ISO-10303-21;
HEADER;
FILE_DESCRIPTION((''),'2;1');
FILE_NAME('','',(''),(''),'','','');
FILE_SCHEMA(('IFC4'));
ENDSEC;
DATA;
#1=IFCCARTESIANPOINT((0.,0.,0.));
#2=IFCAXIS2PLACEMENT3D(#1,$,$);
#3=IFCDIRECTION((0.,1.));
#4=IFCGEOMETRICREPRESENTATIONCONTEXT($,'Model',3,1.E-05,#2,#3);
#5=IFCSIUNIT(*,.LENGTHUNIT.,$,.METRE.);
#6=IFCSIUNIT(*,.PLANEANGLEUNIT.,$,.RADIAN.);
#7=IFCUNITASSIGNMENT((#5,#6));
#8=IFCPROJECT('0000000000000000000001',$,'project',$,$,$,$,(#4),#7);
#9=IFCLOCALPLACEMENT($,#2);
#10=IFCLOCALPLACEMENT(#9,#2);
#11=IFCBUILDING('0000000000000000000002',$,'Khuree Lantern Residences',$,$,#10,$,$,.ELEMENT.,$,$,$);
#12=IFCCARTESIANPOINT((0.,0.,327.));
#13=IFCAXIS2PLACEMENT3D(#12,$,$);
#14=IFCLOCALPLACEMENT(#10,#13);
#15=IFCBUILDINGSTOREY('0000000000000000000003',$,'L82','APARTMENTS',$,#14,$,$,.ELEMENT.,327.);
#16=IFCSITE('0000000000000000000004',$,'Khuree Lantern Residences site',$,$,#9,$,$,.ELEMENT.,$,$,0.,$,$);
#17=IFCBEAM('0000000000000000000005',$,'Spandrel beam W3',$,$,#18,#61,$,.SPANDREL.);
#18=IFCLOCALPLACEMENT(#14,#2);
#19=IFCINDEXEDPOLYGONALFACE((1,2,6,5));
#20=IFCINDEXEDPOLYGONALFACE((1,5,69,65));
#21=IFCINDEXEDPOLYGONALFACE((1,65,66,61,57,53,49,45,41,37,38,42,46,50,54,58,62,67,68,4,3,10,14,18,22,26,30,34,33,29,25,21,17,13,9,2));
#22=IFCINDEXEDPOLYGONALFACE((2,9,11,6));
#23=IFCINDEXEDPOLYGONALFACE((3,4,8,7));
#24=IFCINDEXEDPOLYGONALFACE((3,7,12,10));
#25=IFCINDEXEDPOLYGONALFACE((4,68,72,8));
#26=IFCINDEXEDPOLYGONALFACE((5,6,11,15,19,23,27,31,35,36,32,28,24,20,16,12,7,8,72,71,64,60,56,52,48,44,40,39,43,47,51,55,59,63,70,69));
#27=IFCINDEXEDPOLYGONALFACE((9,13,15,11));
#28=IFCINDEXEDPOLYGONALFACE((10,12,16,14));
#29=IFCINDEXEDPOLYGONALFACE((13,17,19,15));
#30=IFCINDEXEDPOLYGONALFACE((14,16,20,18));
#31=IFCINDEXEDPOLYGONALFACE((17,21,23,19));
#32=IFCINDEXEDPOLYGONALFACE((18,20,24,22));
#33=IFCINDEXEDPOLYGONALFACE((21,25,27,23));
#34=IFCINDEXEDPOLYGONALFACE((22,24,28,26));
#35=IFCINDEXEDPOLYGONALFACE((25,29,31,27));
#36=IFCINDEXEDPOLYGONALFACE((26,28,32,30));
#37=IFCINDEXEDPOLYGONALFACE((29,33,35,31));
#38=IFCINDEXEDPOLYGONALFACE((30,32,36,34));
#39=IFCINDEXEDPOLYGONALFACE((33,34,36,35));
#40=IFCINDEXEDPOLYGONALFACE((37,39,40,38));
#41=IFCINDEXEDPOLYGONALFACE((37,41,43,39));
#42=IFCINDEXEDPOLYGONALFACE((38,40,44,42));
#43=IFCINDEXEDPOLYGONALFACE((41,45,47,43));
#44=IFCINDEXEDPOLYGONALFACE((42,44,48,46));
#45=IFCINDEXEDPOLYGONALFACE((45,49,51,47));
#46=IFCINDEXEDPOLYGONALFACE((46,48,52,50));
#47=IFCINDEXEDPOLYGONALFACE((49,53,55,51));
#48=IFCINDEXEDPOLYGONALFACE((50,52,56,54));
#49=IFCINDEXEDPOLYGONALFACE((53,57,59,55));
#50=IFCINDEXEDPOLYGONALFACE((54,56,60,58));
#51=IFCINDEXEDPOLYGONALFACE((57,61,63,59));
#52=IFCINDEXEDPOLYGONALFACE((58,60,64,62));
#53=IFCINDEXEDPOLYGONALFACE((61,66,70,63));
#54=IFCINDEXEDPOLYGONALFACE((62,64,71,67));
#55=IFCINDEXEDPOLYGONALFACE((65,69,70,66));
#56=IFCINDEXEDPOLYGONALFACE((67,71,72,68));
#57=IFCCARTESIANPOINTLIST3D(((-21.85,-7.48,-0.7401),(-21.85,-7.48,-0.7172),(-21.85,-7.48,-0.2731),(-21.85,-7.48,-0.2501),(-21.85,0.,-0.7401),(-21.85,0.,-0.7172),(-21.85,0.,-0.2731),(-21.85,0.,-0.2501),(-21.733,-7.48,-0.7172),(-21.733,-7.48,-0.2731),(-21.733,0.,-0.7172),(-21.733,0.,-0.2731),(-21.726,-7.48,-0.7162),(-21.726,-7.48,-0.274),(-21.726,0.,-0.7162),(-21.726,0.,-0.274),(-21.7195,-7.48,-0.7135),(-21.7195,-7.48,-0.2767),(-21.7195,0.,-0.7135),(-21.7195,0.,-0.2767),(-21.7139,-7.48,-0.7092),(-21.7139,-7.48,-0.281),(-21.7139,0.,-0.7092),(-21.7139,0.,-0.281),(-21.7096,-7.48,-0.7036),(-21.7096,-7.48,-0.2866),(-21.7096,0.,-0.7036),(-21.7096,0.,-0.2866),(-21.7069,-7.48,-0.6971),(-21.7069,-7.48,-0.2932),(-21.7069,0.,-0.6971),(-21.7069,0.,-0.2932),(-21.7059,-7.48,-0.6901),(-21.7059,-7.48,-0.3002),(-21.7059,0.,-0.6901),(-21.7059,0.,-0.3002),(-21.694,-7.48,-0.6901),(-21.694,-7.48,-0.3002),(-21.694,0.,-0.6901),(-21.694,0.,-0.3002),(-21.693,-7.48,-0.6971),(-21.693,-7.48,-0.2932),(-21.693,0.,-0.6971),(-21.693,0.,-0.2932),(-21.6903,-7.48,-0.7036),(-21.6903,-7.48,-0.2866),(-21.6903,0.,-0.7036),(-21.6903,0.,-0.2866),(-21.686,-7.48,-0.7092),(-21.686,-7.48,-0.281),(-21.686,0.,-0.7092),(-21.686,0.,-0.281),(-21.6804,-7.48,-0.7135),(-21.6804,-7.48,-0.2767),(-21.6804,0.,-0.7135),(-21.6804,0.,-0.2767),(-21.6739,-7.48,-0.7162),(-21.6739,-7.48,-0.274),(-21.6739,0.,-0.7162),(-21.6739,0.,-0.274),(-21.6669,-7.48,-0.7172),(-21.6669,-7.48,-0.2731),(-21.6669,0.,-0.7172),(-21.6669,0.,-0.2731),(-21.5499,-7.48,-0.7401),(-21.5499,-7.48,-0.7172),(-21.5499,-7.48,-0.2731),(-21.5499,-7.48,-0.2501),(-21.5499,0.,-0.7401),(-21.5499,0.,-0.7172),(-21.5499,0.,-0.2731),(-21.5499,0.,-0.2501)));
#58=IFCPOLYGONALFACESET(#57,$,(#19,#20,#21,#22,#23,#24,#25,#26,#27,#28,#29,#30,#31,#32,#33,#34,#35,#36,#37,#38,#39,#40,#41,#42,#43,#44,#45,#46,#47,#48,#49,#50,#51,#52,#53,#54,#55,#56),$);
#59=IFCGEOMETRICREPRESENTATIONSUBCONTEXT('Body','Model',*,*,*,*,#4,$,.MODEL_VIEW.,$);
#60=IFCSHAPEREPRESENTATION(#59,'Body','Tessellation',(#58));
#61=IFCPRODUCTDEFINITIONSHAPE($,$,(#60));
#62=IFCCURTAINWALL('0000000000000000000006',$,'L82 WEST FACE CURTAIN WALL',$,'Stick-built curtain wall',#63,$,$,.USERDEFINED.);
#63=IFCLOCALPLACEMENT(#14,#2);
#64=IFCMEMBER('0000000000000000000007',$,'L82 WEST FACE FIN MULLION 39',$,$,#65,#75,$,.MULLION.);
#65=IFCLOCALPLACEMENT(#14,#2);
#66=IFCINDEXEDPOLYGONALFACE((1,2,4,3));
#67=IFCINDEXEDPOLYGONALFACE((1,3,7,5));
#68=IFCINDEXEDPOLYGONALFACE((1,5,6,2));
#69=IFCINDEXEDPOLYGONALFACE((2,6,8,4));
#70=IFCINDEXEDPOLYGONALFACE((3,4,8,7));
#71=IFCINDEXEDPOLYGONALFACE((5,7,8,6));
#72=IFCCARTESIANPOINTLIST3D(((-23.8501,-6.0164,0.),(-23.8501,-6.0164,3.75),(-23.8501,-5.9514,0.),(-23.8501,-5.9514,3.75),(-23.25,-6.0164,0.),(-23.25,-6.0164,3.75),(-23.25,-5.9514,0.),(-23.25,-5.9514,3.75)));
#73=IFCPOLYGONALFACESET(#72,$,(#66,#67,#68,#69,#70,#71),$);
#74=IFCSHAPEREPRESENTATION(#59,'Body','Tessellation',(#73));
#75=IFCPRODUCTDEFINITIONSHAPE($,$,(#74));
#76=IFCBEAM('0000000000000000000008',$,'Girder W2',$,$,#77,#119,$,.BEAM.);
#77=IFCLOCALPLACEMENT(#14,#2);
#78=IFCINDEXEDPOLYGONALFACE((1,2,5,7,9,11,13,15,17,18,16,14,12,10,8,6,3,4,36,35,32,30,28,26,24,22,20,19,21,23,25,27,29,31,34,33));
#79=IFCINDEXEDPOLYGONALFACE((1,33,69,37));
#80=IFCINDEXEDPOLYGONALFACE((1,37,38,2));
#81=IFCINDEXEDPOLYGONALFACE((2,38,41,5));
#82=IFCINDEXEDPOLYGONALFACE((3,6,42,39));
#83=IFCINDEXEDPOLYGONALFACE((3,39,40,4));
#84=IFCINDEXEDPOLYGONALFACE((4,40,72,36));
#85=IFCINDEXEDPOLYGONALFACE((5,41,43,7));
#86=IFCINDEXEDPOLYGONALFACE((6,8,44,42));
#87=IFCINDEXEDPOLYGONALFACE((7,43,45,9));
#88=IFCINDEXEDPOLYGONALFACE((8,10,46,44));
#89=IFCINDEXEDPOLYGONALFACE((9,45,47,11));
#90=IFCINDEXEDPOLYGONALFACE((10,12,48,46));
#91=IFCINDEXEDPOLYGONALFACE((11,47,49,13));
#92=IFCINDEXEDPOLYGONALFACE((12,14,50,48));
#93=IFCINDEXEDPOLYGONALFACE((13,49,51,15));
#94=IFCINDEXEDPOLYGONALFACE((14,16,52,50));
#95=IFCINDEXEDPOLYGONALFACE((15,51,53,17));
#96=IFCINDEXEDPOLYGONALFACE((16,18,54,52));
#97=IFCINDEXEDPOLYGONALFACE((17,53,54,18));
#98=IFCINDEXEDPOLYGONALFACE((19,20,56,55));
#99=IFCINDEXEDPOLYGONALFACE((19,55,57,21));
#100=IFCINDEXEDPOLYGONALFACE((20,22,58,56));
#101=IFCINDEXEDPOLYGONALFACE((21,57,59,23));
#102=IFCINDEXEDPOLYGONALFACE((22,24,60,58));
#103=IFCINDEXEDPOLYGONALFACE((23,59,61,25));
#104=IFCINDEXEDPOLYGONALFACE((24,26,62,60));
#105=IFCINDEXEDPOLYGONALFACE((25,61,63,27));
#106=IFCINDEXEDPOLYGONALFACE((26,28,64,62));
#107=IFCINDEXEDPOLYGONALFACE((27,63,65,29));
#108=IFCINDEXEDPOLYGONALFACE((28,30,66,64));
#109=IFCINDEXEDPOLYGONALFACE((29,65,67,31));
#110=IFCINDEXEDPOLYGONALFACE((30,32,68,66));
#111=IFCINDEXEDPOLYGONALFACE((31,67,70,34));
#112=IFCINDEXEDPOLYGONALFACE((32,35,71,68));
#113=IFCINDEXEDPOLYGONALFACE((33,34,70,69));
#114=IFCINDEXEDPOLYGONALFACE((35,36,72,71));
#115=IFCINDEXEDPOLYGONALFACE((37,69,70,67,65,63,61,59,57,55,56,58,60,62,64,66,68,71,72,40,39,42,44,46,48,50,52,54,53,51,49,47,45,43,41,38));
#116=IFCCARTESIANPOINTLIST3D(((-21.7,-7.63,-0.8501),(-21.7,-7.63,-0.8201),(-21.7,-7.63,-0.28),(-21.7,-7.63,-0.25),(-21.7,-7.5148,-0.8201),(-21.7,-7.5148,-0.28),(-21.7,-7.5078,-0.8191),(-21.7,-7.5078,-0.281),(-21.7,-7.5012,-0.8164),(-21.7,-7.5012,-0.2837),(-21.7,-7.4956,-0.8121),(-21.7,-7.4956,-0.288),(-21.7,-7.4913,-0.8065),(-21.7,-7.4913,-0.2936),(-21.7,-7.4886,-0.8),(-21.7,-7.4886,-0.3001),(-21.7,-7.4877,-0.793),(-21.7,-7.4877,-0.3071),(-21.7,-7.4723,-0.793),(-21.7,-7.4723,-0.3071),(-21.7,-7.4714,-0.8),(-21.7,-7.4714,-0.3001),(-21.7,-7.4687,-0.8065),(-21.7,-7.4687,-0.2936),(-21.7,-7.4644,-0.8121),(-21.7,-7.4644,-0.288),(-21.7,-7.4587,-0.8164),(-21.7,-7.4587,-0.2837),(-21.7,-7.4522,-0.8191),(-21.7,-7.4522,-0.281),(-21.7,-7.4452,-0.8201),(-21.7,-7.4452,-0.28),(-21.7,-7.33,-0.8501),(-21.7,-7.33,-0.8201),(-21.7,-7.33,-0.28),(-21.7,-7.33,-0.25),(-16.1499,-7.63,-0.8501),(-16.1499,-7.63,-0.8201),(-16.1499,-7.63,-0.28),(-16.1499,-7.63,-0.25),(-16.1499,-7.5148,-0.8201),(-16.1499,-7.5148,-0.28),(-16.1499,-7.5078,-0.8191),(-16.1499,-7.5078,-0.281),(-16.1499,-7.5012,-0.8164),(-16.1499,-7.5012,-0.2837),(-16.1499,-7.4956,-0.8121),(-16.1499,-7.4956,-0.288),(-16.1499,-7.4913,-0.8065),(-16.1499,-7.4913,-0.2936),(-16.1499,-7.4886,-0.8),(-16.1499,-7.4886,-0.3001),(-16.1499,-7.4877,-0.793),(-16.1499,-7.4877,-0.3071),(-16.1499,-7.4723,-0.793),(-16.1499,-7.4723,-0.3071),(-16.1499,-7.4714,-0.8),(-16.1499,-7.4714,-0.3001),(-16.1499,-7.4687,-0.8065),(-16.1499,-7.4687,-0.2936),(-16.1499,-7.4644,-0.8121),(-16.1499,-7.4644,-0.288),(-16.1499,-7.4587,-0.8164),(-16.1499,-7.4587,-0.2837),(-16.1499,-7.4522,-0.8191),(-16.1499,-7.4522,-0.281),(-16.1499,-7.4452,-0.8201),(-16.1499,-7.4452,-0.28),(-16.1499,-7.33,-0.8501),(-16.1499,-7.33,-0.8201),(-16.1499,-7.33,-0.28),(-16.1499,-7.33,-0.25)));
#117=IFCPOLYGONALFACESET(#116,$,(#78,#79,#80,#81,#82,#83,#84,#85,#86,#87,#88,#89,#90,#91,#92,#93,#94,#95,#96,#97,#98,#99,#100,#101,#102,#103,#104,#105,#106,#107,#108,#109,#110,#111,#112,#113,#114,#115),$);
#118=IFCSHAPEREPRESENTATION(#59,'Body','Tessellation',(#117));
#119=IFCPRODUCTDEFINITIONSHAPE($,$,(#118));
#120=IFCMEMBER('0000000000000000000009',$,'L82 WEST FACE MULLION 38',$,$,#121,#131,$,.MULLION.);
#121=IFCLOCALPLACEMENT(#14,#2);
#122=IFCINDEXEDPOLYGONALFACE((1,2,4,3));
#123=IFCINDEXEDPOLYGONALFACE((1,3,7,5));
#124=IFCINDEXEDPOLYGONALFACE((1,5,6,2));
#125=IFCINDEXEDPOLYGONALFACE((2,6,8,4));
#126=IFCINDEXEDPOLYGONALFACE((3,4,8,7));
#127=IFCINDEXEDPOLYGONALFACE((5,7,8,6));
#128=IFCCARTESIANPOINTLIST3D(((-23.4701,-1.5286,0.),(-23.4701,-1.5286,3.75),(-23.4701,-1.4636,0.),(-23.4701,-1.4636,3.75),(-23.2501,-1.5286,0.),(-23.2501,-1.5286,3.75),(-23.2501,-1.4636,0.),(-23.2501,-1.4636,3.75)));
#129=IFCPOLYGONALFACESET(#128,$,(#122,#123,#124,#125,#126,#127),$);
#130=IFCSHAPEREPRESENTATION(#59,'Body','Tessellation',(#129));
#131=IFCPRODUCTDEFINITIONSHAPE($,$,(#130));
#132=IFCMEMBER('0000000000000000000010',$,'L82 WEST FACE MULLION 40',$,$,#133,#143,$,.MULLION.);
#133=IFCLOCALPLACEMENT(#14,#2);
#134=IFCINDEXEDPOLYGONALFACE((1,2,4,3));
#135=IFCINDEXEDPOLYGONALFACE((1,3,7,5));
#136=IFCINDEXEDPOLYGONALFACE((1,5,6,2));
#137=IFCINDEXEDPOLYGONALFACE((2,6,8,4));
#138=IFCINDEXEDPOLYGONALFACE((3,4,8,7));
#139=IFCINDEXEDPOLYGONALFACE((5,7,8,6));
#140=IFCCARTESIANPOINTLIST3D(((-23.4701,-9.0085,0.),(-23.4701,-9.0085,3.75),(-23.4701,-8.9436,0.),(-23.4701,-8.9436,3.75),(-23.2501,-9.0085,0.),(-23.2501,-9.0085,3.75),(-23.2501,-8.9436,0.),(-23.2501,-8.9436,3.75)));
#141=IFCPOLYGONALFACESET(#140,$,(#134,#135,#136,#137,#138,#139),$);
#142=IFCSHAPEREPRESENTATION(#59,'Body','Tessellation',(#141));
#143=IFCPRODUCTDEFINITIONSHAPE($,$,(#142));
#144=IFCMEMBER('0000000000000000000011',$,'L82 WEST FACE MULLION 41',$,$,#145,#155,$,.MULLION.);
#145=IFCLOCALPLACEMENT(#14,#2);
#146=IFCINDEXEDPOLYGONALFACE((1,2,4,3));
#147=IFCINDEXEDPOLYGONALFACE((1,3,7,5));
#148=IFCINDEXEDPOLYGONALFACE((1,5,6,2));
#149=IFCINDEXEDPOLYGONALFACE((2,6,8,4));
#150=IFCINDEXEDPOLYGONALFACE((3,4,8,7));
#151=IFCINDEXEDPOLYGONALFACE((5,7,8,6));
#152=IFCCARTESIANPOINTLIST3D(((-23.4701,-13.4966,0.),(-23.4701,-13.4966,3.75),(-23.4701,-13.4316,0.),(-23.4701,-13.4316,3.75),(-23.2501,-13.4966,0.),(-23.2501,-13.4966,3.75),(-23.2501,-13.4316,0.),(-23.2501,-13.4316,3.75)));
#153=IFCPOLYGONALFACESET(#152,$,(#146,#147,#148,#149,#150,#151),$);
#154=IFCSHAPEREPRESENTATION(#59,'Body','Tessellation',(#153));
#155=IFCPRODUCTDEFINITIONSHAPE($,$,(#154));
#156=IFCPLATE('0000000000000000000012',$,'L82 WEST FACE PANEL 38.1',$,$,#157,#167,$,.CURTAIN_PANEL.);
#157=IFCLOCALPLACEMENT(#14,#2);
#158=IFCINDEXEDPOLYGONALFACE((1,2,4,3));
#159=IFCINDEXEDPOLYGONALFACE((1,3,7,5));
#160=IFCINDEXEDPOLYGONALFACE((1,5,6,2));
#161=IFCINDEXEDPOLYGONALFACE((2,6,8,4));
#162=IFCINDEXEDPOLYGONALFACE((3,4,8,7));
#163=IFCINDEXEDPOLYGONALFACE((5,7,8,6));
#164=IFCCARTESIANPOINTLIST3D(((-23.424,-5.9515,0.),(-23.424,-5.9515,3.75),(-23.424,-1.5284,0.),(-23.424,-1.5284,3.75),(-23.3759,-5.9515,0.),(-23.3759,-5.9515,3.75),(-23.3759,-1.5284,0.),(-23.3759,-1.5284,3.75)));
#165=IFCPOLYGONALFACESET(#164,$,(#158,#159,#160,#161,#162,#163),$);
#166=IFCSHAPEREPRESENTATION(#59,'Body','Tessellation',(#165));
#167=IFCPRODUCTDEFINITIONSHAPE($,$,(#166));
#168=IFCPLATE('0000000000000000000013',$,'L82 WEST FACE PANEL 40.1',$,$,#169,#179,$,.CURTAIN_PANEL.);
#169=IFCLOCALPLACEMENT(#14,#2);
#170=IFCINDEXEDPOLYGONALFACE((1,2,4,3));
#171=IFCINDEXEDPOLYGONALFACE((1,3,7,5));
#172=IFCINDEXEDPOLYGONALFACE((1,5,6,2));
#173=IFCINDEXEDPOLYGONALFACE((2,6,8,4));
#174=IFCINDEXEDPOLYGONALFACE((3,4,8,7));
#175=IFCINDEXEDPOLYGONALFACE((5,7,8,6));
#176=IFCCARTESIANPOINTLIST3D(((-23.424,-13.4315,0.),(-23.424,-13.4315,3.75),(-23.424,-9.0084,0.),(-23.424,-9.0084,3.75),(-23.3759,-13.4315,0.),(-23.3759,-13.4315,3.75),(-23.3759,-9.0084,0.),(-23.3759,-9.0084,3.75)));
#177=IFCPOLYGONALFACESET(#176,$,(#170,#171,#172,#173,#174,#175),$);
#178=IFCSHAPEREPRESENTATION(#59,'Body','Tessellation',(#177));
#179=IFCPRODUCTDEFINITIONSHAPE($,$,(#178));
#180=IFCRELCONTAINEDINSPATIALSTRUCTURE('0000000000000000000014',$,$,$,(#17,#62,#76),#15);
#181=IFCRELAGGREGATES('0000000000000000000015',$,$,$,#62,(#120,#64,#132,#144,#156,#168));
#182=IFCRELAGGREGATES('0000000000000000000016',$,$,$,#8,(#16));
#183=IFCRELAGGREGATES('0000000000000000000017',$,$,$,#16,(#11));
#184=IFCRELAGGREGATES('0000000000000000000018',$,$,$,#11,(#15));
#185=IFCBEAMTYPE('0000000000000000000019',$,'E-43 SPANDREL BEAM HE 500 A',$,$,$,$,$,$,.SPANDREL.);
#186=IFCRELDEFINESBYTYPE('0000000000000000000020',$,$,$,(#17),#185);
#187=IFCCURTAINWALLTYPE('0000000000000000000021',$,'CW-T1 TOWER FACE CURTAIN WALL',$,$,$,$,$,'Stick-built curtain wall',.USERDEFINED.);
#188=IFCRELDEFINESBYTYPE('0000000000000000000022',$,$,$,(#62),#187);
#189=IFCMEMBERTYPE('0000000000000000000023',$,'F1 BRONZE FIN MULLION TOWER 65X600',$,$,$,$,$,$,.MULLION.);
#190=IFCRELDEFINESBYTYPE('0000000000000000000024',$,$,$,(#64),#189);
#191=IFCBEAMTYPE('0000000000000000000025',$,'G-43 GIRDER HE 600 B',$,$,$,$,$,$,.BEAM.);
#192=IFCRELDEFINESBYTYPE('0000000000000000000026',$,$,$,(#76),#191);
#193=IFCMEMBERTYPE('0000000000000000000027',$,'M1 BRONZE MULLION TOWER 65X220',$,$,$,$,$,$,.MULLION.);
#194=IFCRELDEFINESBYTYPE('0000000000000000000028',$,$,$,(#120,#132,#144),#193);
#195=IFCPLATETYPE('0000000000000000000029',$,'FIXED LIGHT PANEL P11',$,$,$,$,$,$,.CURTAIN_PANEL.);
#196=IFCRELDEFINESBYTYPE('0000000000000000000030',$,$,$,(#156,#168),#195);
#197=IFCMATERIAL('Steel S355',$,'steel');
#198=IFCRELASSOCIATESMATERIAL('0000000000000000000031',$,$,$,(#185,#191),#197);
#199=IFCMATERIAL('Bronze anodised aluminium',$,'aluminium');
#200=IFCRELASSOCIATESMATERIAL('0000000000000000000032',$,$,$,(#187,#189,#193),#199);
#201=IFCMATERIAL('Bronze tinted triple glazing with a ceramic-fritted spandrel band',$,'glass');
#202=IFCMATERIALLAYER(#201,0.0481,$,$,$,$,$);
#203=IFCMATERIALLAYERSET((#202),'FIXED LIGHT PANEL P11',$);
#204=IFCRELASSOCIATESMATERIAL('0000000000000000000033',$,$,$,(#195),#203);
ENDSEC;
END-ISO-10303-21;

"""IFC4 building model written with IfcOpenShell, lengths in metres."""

from ifc_helpers import new_model, si_unit, direction, frame, origin, origin_2d, place, context, subcontext, project, spatial, rectangle, i_section, extrude, material, layer, layer_set, material_profile, profile_set, type_object, element, aggregate, save


model = new_model("IFC4")

# Units and contexts
model_context = context("Model", 3, precision=1e-05, world=origin(), true_north=direction((0.0, 1.0)))
body_context = subcontext(model_context, "Body", "Model", "MODEL_VIEW")
ifc_project = project(units=[si_unit("LENGTHUNIT", "METRE"), si_unit("PLANEANGLEUNIT", "RADIAN")], contexts=[model_context])

# Site, building, storey
site_placement = place(None, origin())
site = spatial("IfcSite", under=ifc_project, at=site_placement, Name="Khuree Lantern Residences site", CompositionType="ELEMENT", RefElevation=0.0)
building_placement = place(site_placement, origin())
building = spatial("IfcBuilding", under=site, at=building_placement, Name="Khuree Lantern Residences", CompositionType="ELEMENT")
storey_placement = place(building_placement, frame((0.0, 0.0, 327.0)))
storey = spatial("IfcBuildingStorey", under=building, at=storey_placement, Name="L82", Description="APARTMENTS", CompositionType="ELEMENT", Elevation=327.0)

# Beam
ifc_material_1 = material(Name="Steel S355", Category="steel")
ifc_material_profile_1 = material_profile(ifc_material_1, i_section(OverallWidth=0.3, OverallDepth=0.49, WebThickness=0.012, FlangeThickness=0.0229, FilletRadius=0.0271, at=origin_2d()), Name="HE 500 A")
ifc_profile_set_1 = profile_set([ifc_material_profile_1], Name="Steel S355")
beam_type_1 = type_object("IfcBeamType", Name="E-43 SPANDREL BEAM HE 500 A", PredefinedType="SPANDREL", material=ifc_profile_set_1)
for number, where, z_axis, x_axis, name in (
    (1, (-21.7, -7.48, -0.4951), (0.0, 1.0, 0.0), (-1.0, 0.0, 0.0), "Spandrel beam W3"),
):
    element("IfcBeam", number, at=place(storey_placement, frame(where, z_axis=z_axis, x_axis=x_axis)), inside=storey, type_object=beam_type_1, Name=name, PredefinedType="SPANDREL", context=body_context, shape_type="SweptSolid", body=[
        extrude(i_section(OverallWidth=0.3, OverallDepth=0.49, WebThickness=0.012, FlangeThickness=0.0229, FilletRadius=0.0271, at=origin_2d()), origin(), (0.0, 0.0, 1.0), 7.48),
    ])

# Curtain wall, member
ifc_material_2 = material(Name="Bronze anodised aluminium", Category="aluminium")
curtain_wall_type = type_object("IfcCurtainWallType", Name="CW-T1 TOWER FACE CURTAIN WALL", ElementType="Stick-built curtain wall", PredefinedType="USERDEFINED", material=ifc_material_2)
curtain_wall_placement = place(storey_placement, origin())
curtain_wall = element("IfcCurtainWall", 2, at=curtain_wall_placement, inside=storey, type_object=curtain_wall_type, Name="L82 WEST FACE CURTAIN WALL", ObjectType="Stick-built curtain wall", PredefinedType="USERDEFINED")
ifc_material_profile_2 = material_profile(ifc_material_2, rectangle(XDim=0.0649, YDim=0.6001, at=origin_2d()), Name="F1 65X600")
ifc_profile_set_2 = profile_set([ifc_material_profile_2], Name="Bronze anodised aluminium")
member_type_1 = type_object("IfcMemberType", Name="F1 BRONZE FIN MULLION TOWER 65X600", PredefinedType="MULLION", material=ifc_profile_set_2)
member_1_placement = place(storey_placement, frame((-23.55, -5.9839, 0.0), z_axis=(0.0, 0.0, 1.0), x_axis=(0.0, -1.0, 0.0)))
member_1 = element("IfcMember", 3, at=member_1_placement, type_object=member_type_1, Name="L82 WEST FACE FIN MULLION 39", PredefinedType="MULLION", context=body_context, shape_type="SweptSolid", body=[
    extrude(rectangle(XDim=0.0649, YDim=0.6001, at=origin_2d()), origin(), (0.0, 0.0, 1.0), 3.75),
])

# Beam
ifc_material_profile_3 = material_profile(ifc_material_1, i_section(OverallWidth=0.3, OverallDepth=0.6001, WebThickness=0.0154, FlangeThickness=0.03, FilletRadius=0.0271, at=origin_2d()), Name="HE 600 B")
ifc_profile_set_3 = profile_set([ifc_material_profile_3], Name="Steel S355")
beam_type_2 = type_object("IfcBeamType", Name="G-43 GIRDER HE 600 B", PredefinedType="BEAM", material=ifc_profile_set_3)
beam_placement = place(storey_placement, frame((-21.7, -7.48, -0.55), z_axis=(1.0, 0.0, 0.0), x_axis=(0.0, 1.0, 0.0)))
element("IfcBeam", 4, at=beam_placement, inside=storey, type_object=beam_type_2, Name="Girder W2", PredefinedType="BEAM", context=body_context, shape_type="SweptSolid", body=[
    extrude(i_section(OverallWidth=0.3, OverallDepth=0.6001, WebThickness=0.0154, FlangeThickness=0.03, FilletRadius=0.0271, at=origin_2d()), origin(), (0.0, 0.0, 1.0), 5.55),
])

# Members
ifc_material_profile_4 = material_profile(ifc_material_2, rectangle(XDim=0.0649, YDim=0.22, at=origin_2d()), Name="M1 65X220")
ifc_profile_set_4 = profile_set([ifc_material_profile_4], Name="Bronze anodised aluminium")
member_type_2 = type_object("IfcMemberType", Name="M1 BRONZE MULLION TOWER 65X220", PredefinedType="MULLION", material=ifc_profile_set_4)
member_2_placement = place(storey_placement, frame((-23.3601, -1.4961, 0.0), z_axis=(0.0, 0.0, 1.0), x_axis=(0.0, -1.0, 0.0)))
member_2 = element("IfcMember", 5, at=member_2_placement, type_object=member_type_2, Name="L82 WEST FACE MULLION 38", PredefinedType="MULLION", context=body_context, shape_type="SweptSolid", body=[
    extrude(rectangle(XDim=0.0649, YDim=0.22, at=origin_2d()), origin(), (0.0, 0.0, 1.0), 3.75),
])
member_3_placement = place(storey_placement, frame((-23.3601, -8.9761, 0.0), z_axis=(0.0, 0.0, 1.0), x_axis=(0.0, -1.0, 0.0)))
member_3 = element("IfcMember", 6, at=member_3_placement, type_object=member_type_2, Name="L82 WEST FACE MULLION 40", PredefinedType="MULLION", context=body_context, shape_type="SweptSolid", body=[
    extrude(rectangle(XDim=0.0649, YDim=0.22, at=origin_2d()), origin(), (0.0, 0.0, 1.0), 3.75),
])
member_4_placement = place(storey_placement, frame((-23.3601, -13.4641, 0.0), z_axis=(0.0, 0.0, 1.0), x_axis=(0.0, -1.0, 0.0)))
member_4 = element("IfcMember", 7, at=member_4_placement, type_object=member_type_2, Name="L82 WEST FACE MULLION 41", PredefinedType="MULLION", context=body_context, shape_type="SweptSolid", body=[
    extrude(rectangle(XDim=0.0649, YDim=0.22, at=origin_2d()), origin(), (0.0, 0.0, 1.0), 3.75),
])

# Plates
ifc_material_3 = material(Name="Bronze tinted triple glazing with a ceramic-fritted spandrel band", Category="glass")
ifc_layer_1 = layer(ifc_material_3, 0.0481)
ifc_layer_set_1 = layer_set([ifc_layer_1], Name="FIXED LIGHT PANEL P11")
plate_type_1 = type_object("IfcPlateType", Name="FIXED LIGHT PANEL P11", PredefinedType="CURTAIN_PANEL", material=ifc_layer_set_1)
plate_1_placement = place(storey_placement, frame((-23.3999, -3.74, 0.0), z_axis=(0.0, 0.0, 1.0), x_axis=(0.0, -1.0, 0.0)))
plate_1 = element("IfcPlate", 8, at=plate_1_placement, type_object=plate_type_1, Name="L82 WEST FACE PANEL 38.1", PredefinedType="CURTAIN_PANEL", context=body_context, shape_type="SweptSolid", body=[
    extrude(rectangle(XDim=4.4231, YDim=0.0481, at=origin_2d()), origin(), (0.0, 0.0, 1.0), 3.75),
])
plate_2_placement = place(storey_placement, frame((-23.3999, -11.22, 0.0), z_axis=(0.0, 0.0, 1.0), x_axis=(0.0, -1.0, 0.0)))
plate_2 = element("IfcPlate", 9, at=plate_2_placement, type_object=plate_type_1, Name="L82 WEST FACE PANEL 40.1", PredefinedType="CURTAIN_PANEL", context=body_context, shape_type="SweptSolid", body=[
    extrude(rectangle(XDim=4.4231, YDim=0.0481, at=origin_2d()), origin(), (0.0, 0.0, 1.0), 3.75),
])
aggregate(curtain_wall, [member_2, member_1, member_3, member_4, plate_1, plate_2])

save(model, "model.ifc")
